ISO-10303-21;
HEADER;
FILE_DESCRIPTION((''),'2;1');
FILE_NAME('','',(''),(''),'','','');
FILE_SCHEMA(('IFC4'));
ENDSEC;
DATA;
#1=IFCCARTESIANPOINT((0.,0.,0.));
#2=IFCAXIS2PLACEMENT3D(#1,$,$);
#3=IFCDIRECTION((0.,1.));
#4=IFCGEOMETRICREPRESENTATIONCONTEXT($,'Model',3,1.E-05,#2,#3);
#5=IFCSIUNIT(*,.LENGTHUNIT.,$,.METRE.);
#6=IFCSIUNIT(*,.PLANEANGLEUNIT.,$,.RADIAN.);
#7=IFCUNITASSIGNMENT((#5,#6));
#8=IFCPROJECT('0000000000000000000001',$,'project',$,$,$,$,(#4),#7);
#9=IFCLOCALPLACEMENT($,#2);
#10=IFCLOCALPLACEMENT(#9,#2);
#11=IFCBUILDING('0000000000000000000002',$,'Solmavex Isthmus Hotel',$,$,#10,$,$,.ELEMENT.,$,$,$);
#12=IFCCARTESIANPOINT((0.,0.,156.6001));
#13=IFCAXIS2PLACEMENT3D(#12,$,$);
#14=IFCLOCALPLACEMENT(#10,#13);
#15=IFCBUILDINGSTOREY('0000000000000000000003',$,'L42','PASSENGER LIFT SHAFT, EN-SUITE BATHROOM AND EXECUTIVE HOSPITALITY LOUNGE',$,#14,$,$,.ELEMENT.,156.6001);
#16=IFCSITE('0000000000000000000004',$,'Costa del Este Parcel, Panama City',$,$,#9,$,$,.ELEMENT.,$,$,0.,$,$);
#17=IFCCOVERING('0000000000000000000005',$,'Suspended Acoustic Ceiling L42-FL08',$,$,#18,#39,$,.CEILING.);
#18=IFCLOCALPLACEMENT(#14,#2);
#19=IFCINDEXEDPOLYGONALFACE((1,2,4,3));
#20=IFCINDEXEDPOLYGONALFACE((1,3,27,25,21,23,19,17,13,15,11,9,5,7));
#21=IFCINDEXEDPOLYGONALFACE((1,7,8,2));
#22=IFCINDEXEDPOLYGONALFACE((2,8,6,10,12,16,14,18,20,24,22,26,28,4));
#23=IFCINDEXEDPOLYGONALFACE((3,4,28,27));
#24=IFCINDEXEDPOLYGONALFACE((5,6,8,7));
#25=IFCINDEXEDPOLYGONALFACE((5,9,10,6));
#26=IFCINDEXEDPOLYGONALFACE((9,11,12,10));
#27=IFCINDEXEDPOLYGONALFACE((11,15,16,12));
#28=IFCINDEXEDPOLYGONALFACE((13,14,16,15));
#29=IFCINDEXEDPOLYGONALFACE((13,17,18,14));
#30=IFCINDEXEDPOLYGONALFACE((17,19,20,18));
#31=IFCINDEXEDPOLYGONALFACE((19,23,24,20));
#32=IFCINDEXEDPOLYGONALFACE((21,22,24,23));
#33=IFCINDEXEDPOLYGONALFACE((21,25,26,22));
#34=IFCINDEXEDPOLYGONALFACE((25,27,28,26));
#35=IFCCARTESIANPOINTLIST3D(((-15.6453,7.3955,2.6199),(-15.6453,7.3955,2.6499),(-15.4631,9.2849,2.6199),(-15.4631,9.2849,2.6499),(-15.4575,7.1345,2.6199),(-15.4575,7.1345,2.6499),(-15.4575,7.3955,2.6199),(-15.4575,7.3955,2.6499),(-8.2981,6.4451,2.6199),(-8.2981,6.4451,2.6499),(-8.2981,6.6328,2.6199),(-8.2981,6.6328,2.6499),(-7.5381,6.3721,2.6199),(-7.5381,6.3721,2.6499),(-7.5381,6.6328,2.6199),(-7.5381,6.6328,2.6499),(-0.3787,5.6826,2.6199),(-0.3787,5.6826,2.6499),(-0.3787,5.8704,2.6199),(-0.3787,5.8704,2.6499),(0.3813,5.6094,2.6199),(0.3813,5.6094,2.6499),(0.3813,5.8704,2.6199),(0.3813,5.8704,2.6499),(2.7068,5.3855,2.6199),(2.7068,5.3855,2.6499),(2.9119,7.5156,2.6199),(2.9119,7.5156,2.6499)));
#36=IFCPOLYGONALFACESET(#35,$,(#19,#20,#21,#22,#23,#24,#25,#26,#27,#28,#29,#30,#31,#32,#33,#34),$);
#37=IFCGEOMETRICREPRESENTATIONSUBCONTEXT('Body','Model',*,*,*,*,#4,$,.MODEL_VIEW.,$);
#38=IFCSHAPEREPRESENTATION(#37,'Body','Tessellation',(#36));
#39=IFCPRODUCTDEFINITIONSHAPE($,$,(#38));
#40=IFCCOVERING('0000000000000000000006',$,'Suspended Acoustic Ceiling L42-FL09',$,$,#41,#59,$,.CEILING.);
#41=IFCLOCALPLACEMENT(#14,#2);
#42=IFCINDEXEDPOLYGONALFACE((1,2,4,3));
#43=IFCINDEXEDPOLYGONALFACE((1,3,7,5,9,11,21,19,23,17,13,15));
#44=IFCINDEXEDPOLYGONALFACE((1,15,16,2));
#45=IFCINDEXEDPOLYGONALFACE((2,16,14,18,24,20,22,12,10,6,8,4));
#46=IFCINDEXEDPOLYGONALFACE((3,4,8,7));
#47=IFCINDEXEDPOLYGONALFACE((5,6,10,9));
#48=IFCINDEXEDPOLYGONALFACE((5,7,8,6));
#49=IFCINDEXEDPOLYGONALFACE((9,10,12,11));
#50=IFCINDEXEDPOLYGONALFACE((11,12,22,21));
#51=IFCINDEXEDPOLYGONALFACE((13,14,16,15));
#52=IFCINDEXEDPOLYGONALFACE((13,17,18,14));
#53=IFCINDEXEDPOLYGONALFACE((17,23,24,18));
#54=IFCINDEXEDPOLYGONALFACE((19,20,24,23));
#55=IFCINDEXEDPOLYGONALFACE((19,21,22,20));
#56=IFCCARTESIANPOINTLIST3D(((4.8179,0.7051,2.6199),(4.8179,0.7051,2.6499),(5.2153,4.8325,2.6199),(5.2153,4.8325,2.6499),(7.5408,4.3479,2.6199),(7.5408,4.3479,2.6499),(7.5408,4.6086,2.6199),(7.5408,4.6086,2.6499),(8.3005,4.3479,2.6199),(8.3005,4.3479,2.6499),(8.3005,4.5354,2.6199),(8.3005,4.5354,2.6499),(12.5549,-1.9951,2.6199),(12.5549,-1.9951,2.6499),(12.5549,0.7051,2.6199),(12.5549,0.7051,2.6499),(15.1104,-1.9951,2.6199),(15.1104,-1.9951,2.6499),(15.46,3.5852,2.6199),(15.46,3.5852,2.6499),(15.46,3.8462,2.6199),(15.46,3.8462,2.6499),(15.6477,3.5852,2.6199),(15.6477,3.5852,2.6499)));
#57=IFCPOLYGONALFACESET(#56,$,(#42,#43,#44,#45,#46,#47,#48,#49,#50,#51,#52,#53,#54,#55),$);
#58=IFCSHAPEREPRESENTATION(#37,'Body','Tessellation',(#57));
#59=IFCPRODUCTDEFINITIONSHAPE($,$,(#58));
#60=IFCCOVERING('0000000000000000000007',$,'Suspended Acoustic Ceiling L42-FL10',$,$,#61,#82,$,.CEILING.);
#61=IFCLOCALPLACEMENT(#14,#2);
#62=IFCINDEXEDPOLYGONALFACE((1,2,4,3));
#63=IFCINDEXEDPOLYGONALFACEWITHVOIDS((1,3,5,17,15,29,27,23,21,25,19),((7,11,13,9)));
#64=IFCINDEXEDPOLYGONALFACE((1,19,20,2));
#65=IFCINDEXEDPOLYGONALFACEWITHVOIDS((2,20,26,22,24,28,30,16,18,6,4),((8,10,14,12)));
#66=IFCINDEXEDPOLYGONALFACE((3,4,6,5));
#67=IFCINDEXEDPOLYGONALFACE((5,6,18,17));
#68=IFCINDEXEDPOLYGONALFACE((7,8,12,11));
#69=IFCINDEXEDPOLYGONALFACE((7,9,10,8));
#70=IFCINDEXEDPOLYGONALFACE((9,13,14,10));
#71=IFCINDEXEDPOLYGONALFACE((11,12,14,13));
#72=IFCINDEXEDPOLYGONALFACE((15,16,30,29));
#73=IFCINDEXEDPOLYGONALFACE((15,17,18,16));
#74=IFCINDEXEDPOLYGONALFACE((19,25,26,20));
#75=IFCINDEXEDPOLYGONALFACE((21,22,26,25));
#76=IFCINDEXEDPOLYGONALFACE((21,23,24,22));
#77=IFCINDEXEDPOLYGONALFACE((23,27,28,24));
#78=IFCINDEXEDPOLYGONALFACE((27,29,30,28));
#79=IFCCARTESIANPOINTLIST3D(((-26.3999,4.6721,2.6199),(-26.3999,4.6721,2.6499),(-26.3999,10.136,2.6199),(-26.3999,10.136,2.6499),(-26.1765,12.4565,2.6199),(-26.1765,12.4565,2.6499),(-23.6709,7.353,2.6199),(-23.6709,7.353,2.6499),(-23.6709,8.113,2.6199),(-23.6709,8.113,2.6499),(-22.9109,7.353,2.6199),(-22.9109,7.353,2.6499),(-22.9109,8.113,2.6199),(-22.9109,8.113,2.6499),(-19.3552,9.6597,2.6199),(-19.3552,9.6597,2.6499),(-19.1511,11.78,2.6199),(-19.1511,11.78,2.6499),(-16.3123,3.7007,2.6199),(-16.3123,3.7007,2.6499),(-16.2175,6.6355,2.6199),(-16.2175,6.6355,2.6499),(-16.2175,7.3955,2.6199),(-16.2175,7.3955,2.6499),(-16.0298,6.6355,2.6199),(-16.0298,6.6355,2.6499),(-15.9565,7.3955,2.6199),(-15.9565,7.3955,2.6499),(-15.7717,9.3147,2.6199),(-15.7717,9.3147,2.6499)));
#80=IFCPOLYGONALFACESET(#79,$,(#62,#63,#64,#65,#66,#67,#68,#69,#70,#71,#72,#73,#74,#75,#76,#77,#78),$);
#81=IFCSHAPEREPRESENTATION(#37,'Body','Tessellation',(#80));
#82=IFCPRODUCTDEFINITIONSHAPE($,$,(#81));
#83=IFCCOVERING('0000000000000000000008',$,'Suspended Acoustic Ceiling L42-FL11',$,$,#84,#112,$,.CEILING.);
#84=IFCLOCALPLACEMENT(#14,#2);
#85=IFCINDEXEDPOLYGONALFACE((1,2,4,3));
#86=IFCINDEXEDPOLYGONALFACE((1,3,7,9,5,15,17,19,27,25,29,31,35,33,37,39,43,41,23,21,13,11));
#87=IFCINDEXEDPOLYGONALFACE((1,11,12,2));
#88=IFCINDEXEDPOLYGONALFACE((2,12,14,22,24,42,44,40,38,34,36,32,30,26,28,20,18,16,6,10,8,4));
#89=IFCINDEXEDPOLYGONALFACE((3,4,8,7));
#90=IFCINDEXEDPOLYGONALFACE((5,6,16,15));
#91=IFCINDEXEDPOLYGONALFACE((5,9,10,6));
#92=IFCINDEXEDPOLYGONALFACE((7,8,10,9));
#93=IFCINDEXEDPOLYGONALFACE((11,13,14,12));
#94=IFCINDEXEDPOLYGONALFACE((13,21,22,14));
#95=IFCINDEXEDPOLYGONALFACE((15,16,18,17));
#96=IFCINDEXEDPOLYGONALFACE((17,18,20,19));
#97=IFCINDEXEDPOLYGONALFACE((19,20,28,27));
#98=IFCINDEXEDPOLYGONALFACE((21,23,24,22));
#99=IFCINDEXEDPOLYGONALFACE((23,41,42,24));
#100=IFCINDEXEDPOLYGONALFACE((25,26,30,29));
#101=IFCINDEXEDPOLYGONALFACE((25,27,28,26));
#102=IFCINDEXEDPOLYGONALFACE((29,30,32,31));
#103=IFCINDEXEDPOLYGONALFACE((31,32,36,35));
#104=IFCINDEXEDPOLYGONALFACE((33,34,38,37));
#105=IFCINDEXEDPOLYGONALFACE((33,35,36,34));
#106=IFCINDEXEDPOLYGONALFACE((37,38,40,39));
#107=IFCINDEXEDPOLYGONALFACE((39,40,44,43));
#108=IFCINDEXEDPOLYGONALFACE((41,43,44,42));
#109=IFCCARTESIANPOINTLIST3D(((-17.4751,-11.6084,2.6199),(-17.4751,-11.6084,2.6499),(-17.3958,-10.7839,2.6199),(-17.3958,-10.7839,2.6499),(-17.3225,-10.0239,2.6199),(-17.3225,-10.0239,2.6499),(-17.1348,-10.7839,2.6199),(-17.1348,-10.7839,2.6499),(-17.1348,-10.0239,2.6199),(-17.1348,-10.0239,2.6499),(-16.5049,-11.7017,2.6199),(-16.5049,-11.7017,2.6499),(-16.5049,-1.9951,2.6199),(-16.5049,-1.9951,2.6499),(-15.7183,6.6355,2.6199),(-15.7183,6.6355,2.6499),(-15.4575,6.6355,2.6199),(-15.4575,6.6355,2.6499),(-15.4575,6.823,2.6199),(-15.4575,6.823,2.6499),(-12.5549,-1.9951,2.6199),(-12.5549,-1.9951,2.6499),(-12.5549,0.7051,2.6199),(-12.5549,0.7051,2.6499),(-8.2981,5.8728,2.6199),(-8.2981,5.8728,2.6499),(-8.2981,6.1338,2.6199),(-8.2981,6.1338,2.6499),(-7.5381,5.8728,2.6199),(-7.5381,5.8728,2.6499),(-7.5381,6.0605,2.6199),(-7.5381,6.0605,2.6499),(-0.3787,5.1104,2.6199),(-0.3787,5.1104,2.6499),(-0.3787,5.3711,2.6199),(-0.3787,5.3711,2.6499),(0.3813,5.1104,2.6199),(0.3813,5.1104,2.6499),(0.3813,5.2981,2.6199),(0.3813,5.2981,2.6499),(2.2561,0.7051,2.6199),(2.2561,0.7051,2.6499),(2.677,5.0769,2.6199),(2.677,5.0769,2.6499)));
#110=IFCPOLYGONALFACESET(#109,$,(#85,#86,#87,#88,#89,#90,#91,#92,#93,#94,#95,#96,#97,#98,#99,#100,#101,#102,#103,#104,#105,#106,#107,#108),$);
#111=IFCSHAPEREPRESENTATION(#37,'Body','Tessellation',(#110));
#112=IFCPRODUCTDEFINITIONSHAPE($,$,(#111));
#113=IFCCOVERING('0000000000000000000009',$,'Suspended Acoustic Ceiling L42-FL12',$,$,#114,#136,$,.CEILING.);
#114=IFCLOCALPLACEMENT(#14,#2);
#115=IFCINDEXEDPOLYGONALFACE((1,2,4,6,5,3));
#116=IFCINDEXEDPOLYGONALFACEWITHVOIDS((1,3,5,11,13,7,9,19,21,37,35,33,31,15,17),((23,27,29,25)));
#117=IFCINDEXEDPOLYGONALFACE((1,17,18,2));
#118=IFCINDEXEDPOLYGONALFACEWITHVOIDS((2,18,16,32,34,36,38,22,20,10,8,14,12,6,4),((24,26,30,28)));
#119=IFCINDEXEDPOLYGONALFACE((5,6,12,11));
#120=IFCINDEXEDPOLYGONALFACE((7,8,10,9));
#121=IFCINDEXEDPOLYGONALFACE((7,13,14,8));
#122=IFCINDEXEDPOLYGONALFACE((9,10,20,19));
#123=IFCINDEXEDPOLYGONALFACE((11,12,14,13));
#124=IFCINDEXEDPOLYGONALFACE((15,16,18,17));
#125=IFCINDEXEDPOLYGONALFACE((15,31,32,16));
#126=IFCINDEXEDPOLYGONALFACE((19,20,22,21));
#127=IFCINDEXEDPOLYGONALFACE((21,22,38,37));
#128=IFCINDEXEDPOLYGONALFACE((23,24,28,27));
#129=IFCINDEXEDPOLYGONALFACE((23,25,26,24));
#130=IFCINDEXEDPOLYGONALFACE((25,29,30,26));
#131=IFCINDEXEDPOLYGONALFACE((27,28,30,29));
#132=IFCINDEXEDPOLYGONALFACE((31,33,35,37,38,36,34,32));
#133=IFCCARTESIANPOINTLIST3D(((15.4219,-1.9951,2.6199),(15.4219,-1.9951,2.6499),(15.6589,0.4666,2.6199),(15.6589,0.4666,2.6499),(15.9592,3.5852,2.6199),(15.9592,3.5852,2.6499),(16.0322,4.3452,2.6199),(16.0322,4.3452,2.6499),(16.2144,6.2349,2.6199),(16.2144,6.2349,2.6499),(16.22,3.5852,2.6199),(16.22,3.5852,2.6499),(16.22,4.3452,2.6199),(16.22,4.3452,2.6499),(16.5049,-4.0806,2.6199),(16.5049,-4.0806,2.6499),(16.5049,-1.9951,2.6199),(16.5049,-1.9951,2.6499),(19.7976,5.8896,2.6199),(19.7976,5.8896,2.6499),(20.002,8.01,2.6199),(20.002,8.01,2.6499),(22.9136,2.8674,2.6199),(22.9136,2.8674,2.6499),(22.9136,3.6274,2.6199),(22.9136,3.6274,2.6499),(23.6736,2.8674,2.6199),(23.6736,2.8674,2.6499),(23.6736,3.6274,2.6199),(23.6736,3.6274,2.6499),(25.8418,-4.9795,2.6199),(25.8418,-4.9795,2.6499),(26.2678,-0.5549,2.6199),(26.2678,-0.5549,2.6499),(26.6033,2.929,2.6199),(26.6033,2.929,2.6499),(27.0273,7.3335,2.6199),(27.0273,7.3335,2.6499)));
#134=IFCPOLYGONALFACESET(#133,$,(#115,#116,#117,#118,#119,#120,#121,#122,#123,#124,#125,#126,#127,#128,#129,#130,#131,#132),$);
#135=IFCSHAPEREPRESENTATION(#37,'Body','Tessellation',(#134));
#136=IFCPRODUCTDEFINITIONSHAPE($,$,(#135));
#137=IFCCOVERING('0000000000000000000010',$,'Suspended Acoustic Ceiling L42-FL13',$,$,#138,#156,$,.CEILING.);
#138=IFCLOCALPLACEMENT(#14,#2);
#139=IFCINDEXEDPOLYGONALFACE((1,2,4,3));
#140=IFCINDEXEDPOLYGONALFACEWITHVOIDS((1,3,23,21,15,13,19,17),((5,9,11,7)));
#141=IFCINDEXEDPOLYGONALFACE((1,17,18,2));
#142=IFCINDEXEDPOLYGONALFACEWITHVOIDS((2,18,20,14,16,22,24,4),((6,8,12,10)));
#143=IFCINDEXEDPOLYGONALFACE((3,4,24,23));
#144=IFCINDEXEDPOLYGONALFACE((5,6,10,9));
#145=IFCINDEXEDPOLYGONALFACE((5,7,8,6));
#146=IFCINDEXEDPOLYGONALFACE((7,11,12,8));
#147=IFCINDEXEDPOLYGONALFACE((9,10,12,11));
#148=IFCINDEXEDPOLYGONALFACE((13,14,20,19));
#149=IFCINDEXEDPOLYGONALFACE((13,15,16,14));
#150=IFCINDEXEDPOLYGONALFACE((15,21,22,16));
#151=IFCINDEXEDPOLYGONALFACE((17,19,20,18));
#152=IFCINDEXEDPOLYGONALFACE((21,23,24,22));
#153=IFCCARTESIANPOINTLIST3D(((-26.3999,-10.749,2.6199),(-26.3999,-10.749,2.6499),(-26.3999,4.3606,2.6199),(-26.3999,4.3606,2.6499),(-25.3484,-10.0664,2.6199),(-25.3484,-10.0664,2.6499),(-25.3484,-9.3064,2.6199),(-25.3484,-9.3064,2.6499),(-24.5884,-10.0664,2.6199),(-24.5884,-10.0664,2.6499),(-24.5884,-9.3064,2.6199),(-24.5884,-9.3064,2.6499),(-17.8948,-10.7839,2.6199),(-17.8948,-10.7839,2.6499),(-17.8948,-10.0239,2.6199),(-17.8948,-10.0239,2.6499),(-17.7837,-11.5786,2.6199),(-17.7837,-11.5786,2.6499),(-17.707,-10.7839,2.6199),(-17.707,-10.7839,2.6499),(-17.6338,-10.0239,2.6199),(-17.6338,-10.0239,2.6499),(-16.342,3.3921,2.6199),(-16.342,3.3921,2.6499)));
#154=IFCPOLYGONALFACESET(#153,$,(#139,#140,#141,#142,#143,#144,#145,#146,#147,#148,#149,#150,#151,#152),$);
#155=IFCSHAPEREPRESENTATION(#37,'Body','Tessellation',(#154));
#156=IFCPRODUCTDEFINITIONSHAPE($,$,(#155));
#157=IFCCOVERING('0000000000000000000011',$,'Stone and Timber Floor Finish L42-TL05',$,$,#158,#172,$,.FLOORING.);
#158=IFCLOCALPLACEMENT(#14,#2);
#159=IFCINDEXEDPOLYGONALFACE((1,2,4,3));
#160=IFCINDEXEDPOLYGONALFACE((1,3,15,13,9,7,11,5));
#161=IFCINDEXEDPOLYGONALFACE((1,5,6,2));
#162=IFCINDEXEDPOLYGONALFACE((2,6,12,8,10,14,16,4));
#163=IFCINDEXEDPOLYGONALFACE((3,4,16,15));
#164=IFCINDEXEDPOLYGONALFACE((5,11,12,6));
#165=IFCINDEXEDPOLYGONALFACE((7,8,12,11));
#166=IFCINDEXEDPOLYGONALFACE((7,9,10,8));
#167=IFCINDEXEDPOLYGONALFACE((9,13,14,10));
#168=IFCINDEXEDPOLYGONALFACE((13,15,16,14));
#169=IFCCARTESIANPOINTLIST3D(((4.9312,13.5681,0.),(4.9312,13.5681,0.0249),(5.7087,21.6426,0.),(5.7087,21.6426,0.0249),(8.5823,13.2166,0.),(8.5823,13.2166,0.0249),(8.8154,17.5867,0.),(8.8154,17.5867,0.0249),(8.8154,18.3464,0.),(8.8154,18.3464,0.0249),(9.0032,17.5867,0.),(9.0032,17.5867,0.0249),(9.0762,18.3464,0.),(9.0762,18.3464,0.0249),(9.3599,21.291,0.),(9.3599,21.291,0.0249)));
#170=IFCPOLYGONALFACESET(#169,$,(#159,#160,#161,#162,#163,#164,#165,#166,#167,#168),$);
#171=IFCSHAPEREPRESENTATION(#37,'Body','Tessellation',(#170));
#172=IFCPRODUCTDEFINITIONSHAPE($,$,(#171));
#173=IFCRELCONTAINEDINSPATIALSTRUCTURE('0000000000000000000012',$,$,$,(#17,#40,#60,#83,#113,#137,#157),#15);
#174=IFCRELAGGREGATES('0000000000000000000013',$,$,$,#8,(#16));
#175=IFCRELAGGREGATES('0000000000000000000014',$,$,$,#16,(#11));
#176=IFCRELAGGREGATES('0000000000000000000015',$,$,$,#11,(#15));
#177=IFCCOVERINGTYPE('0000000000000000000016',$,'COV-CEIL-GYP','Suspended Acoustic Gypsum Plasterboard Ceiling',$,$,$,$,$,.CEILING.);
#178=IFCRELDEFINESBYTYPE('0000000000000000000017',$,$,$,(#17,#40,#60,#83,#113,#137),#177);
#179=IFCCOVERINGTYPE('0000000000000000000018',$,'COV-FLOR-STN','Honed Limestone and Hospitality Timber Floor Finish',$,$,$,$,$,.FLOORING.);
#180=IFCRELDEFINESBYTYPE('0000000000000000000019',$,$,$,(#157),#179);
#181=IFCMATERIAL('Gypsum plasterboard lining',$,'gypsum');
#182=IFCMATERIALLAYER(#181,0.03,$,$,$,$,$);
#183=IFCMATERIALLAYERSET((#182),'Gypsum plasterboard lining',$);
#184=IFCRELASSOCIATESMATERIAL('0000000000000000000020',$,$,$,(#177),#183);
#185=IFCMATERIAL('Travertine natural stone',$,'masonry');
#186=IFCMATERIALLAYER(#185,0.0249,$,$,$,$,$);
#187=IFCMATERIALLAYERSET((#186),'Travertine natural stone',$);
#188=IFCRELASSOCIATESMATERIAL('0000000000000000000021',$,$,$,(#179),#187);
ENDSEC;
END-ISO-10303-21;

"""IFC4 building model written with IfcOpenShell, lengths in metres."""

from ifc_helpers import new_model, si_unit, direction, frame, origin, place, context, subcontext, project, spatial, polyline, outline, extrude, material, layer, layer_set, type_object, element, save


model = new_model("IFC4")

# Units and contexts
model_context = context("Model", 3, precision=1e-05, world=origin(), true_north=direction((0.0, 1.0)))
body_context = subcontext(model_context, "Body", "Model", "MODEL_VIEW")
ifc_project = project(units=[si_unit("LENGTHUNIT", "METRE"), si_unit("PLANEANGLEUNIT", "RADIAN")], contexts=[model_context])

# Site, building, storey
site_placement = place(None, origin())
site = spatial("IfcSite", under=ifc_project, at=site_placement, Name="Costa del Este Parcel, Panama City", CompositionType="ELEMENT", RefElevation=0.0)
building_placement = place(site_placement, origin())
building = spatial("IfcBuilding", under=site, at=building_placement, Name="Solmavex Isthmus Hotel", CompositionType="ELEMENT")
storey_placement = place(building_placement, frame((0.0, 0.0, 156.6001)))
storey = spatial("IfcBuildingStorey", under=building, at=storey_placement, Name="L42", Description="PASSENGER LIFT SHAFT, EN-SUITE BATHROOM AND EXECUTIVE HOSPITALITY LOUNGE", CompositionType="ELEMENT", Elevation=156.6001)

# Shared definitions
ifc_material_1 = material(Name="Gypsum plasterboard lining", Category="gypsum")

# Coverings
ifc_layer_1 = layer(ifc_material_1, 0.03)
ifc_layer_set_1 = layer_set([ifc_layer_1], Name="Gypsum plasterboard lining")
covering_type_1 = type_object("IfcCoveringType", Name="COV-CEIL-GYP", Description="Suspended Acoustic Gypsum Plasterboard Ceiling", PredefinedType="CEILING", material=ifc_layer_set_1)
covering_1_placement = place(storey_placement, frame((0.0, 0.0, 2.6199)))
element("IfcCovering", 1, at=covering_1_placement, inside=storey, type_object=covering_type_1, Name="Suspended Acoustic Ceiling L42-FL08", PredefinedType="CEILING", context=body_context, shape_type="SweptSolid", body=[
    extrude(outline(polyline([(-0.3787, 5.6826), (-0.3787, 5.8704), (0.3813, 5.8704), (0.3813, 5.6094), (2.7068, 5.3855), (2.9119, 7.5156), (-15.4631, 9.2849), (-15.6453, 7.3955), (-15.4575, 7.3955), (-15.4575, 7.1345), (-8.2981, 6.4451), (-8.2981, 6.6328), (-7.5381, 6.6328), (-7.5381, 6.3721), (-0.3787, 5.6826)])), origin(), (0.0, 0.0, 1.0), 0.03),
])
covering_2_placement = place(storey_placement, frame((0.0, 0.0, 2.6199)))
element("IfcCovering", 2, at=covering_2_placement, inside=storey, type_object=covering_type_1, Name="Suspended Acoustic Ceiling L42-FL09", PredefinedType="CEILING", context=body_context, shape_type="SweptSolid", body=[
    extrude(outline(polyline([(8.3005, 4.5354), (8.3005, 4.3479), (7.5408, 4.3479), (7.5408, 4.6086), (5.2153, 4.8325), (4.8179, 0.7051), (12.5549, 0.7051), (12.5549, -1.9951), (15.1104, -1.9951), (15.6477, 3.5852), (15.46, 3.5852), (15.46, 3.8462), (8.3005, 4.5354)])), origin(), (0.0, 0.0, 1.0), 0.03),
])
covering_3_placement = place(storey_placement, frame((0.0, 0.0, 2.6199)))
element("IfcCovering", 3, at=covering_3_placement, inside=storey, type_object=covering_type_1, Name="Suspended Acoustic Ceiling L42-FL10", PredefinedType="CEILING", context=body_context, shape_type="SweptSolid", body=[
    extrude(outline(polyline([(-16.0298, 6.6355), (-16.2175, 6.6355), (-16.2175, 7.3955), (-15.9565, 7.3955), (-15.7717, 9.3147), (-19.3552, 9.6597), (-19.1511, 11.78), (-26.1765, 12.4565), (-26.3999, 10.136), (-26.3999, 4.6721), (-16.3123, 3.7007), (-16.0298, 6.6355)]), holes=[polyline([(-23.6709, 7.353), (-23.6709, 8.113), (-22.9109, 8.113), (-22.9109, 7.353), (-23.6709, 7.353)])]), origin(), (0.0, 0.0, 1.0), 0.03),
])
covering_4_placement = place(storey_placement, frame((0.0, 0.0, 2.6199)))
element("IfcCovering", 4, at=covering_4_placement, inside=storey, type_object=covering_type_1, Name="Suspended Acoustic Ceiling L42-FL11", PredefinedType="CEILING", context=body_context, shape_type="SweptSolid", body=[
    extrude(outline(polyline([(-17.3225, -10.0239), (-17.1348, -10.0239), (-17.1348, -10.7839), (-17.3958, -10.7839), (-17.4751, -11.6084), (-16.5049, -11.7017), (-16.5049, -1.9951), (-12.5549, -1.9951), (-12.5549, 0.7051), (2.2561, 0.7051), (2.677, 5.0769), (0.3813, 5.2981), (0.3813, 5.1104), (-0.3787, 5.1104), (-0.3787, 5.3711), (-7.5381, 6.0605), (-7.5381, 5.8728), (-8.2981, 5.8728), (-8.2981, 6.1338), (-15.4575, 6.823), (-15.4575, 6.6355), (-15.7183, 6.6355), (-17.3225, -10.0239)])), origin(), (0.0, 0.0, 1.0), 0.03),
])
covering_5_placement = place(storey_placement, frame((0.0, 0.0, 2.6199)))
element("IfcCovering", 5, at=covering_5_placement, inside=storey, type_object=covering_type_1, Name="Suspended Acoustic Ceiling L42-FL12", PredefinedType="CEILING", context=body_context, shape_type="SweptSolid", body=[
    extrude(outline(polyline([(16.0322, 4.3452), (16.22, 4.3452), (16.22, 3.5852), (15.9592, 3.5852), (15.6589, 0.4666), (15.4219, -1.9951), (16.5049, -1.9951), (16.5049, -4.0806), (25.8418, -4.9795), (26.2678, -0.5549), (26.6033, 2.929), (27.0273, 7.3335), (20.002, 8.01), (19.7976, 5.8896), (16.2144, 6.2349), (16.0322, 4.3452)]), holes=[polyline([(22.9136, 2.8674), (22.9136, 3.6274), (23.6736, 3.6274), (23.6736, 2.8674), (22.9136, 2.8674)])]), origin(), (0.0, 0.0, 1.0), 0.03),
])
covering_6_placement = place(storey_placement, frame((0.0, 0.0, 2.6199)))
element("IfcCovering", 6, at=covering_6_placement, inside=storey, type_object=covering_type_1, Name="Suspended Acoustic Ceiling L42-FL13", PredefinedType="CEILING", context=body_context, shape_type="SweptSolid", body=[
    extrude(outline(polyline([(-26.3999, 4.3606), (-26.3999, -10.749), (-17.7837, -11.5786), (-17.707, -10.7839), (-17.8948, -10.7839), (-17.8948, -10.0239), (-17.6338, -10.0239), (-16.342, 3.3921), (-26.3999, 4.3606)]), holes=[polyline([(-25.3484, -10.0664), (-25.3484, -9.3064), (-24.5884, -9.3064), (-24.5884, -10.0664), (-25.3484, -10.0664)])]), origin(), (0.0, 0.0, 1.0), 0.03),
])
ifc_material_2 = material(Name="Travertine natural stone", Category="masonry")
ifc_layer_2 = layer(ifc_material_2, 0.0249)
ifc_layer_set_2 = layer_set([ifc_layer_2], Name="Travertine natural stone")
covering_type_2 = type_object("IfcCoveringType", Name="COV-FLOR-STN", Description="Honed Limestone and Hospitality Timber Floor Finish", PredefinedType="FLOORING", material=ifc_layer_set_2)
covering_7_placement = place(storey_placement, origin())
element("IfcCovering", 7, at=covering_7_placement, inside=storey, type_object=covering_type_2, Name="Stone and Timber Floor Finish L42-TL05", PredefinedType="FLOORING", context=body_context, shape_type="SweptSolid", body=[
    extrude(outline(polyline([(9.0032, 17.5867), (8.8154, 17.5867), (8.8154, 18.3464), (9.0762, 18.3464), (9.3599, 21.291), (5.7087, 21.6426), (4.9312, 13.5681), (8.5823, 13.2166), (9.0032, 17.5867)])), origin(), (0.0, 0.0, 1.0), 0.0249),
])

save(model, "model.ifc")
